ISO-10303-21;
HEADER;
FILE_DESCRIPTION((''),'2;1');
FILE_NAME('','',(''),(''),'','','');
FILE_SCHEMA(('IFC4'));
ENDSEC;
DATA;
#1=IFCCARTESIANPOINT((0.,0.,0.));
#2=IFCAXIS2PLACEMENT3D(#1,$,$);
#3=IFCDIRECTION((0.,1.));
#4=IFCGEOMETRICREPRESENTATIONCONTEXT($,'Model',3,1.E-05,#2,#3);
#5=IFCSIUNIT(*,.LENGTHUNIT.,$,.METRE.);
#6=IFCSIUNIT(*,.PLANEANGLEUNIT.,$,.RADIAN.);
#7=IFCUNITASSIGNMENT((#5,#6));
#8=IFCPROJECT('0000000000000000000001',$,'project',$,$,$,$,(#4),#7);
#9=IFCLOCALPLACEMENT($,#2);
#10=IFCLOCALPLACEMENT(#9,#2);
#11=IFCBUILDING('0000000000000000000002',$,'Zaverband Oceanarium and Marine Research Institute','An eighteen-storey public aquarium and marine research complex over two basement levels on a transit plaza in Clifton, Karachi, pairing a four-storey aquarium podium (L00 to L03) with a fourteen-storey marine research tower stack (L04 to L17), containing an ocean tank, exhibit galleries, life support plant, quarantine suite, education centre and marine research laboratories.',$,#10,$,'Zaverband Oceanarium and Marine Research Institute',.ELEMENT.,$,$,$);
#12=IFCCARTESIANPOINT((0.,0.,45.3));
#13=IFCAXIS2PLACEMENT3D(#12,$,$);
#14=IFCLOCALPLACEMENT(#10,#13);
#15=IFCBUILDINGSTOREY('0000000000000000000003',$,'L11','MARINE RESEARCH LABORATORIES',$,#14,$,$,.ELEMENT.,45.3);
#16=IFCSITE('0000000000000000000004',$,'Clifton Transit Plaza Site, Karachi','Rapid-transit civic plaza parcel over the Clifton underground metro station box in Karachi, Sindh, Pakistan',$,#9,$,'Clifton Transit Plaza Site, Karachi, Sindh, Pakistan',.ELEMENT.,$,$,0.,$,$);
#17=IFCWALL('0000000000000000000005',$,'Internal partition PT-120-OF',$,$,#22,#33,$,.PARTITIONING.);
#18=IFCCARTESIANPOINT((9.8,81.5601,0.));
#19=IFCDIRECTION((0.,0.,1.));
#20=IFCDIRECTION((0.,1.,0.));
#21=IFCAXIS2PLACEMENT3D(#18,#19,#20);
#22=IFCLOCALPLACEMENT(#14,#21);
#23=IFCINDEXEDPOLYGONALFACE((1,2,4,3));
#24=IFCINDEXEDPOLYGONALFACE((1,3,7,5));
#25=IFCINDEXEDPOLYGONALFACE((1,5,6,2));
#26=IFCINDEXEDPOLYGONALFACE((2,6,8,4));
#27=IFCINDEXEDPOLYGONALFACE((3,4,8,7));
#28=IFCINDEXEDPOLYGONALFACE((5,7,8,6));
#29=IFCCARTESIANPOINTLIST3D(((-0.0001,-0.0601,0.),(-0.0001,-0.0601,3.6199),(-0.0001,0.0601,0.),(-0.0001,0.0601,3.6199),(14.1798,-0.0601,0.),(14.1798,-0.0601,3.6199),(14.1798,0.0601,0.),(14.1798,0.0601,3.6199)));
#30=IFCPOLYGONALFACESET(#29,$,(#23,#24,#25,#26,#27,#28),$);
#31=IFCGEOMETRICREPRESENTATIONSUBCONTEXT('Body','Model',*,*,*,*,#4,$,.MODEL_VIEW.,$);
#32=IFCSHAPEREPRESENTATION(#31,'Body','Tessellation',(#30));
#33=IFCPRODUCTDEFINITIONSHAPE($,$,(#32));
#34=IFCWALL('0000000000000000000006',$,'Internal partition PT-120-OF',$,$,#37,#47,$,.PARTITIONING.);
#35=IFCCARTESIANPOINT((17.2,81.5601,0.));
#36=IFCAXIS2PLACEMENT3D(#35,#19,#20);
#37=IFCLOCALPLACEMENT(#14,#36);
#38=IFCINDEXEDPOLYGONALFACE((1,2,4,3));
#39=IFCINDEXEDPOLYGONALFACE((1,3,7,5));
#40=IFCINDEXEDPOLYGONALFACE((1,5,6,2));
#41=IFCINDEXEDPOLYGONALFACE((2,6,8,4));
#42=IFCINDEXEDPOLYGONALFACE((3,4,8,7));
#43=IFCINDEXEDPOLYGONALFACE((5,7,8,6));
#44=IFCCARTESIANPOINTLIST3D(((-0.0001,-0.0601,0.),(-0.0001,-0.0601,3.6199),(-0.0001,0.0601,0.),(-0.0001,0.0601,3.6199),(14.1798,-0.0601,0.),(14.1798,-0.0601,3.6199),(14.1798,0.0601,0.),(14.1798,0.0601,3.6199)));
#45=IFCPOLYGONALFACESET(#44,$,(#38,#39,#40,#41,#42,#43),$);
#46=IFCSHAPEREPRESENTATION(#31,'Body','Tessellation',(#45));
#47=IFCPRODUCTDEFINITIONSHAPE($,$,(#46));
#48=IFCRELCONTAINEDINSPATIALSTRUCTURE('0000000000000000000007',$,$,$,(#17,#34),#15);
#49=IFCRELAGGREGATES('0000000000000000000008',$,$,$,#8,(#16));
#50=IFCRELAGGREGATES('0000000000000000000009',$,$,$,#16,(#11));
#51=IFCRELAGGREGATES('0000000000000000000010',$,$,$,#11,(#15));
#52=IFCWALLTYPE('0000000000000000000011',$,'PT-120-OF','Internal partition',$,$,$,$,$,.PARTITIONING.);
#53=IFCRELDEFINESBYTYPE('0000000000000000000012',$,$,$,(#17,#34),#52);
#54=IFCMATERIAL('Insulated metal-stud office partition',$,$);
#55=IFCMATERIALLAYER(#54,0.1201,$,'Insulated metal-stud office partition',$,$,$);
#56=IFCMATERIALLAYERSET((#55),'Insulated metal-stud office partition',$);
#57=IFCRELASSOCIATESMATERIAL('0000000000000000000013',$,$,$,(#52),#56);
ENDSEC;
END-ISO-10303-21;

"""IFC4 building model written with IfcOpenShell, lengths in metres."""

from ifc_helpers import new_model, si_unit, direction, frame, frame_2d, origin, place, context, subcontext, project, spatial, rectangle, extrude, material, layer, layer_set, type_object, element, save


model = new_model("IFC4")

# Units and contexts
model_context = context("Model", 3, precision=1e-05, world=origin(), true_north=direction((0.0, 1.0)))
body_context = subcontext(model_context, "Body", "Model", "MODEL_VIEW")
ifc_project = project(units=[si_unit("LENGTHUNIT", "METRE"), si_unit("PLANEANGLEUNIT", "RADIAN")], contexts=[model_context])

# Site, building, storey
site_placement = place(None, origin())
site = spatial("IfcSite", under=ifc_project, at=site_placement, Name="Clifton Transit Plaza Site, Karachi", Description="Rapid-transit civic plaza parcel over the Clifton underground metro station box in Karachi, Sindh, Pakistan", LongName="Clifton Transit Plaza Site, Karachi, Sindh, Pakistan", CompositionType="ELEMENT", RefElevation=0.0)
building_placement = place(site_placement, origin())
building = spatial("IfcBuilding", under=site, at=building_placement, Name="Zaverband Oceanarium and Marine Research Institute", Description="An eighteen-storey public aquarium and marine research complex over two basement levels on a transit plaza in Clifton, Karachi, pairing a four-storey aquarium podium (L00 to L03) with a fourteen-storey marine research tower stack (L04 to L17), containing an ocean tank, exhibit galleries, life support plant, quarantine suite, education centre and marine research laboratories.", LongName="Zaverband Oceanarium and Marine Research Institute", CompositionType="ELEMENT")
storey_placement = place(building_placement, frame((0.0, 0.0, 45.3)))
storey = spatial("IfcBuildingStorey", under=building, at=storey_placement, Name="L11", Description="MARINE RESEARCH LABORATORIES", CompositionType="ELEMENT", Elevation=45.3)

# Walls
ifc_material_1 = material(Name="Insulated metal-stud office partition")
ifc_layer_1 = layer(ifc_material_1, 0.1201, Name="Insulated metal-stud office partition")
ifc_layer_set_1 = layer_set([ifc_layer_1], Name="Insulated metal-stud office partition")
wall_type_1 = type_object("IfcWallType", Name="PT-120-OF", Description="Internal partition", PredefinedType="PARTITIONING", material=ifc_layer_set_1)
for number, where, z_axis, x_axis, name in (
    (1, (9.8, 81.5601, 0.0), (0.0, 0.0, 1.0), (0.0, 1.0, 0.0), "Internal partition PT-120-OF"),
    (2, (17.2, 81.5601, 0.0), (0.0, 0.0, 1.0), (0.0, 1.0, 0.0), "Internal partition PT-120-OF"),
):
    element("IfcWall", number, at=place(storey_placement, frame(where, z_axis=z_axis, x_axis=x_axis)), inside=storey, type_object=wall_type_1, Name=name, PredefinedType="PARTITIONING", context=body_context, shape_type="SweptSolid", body=[
        extrude(rectangle(XDim=14.1799, YDim=0.1201, at=frame_2d((7.0898, 0.0))), origin(), (0.0, 0.0, 1.0), 3.6199),
    ])

save(model, "model.ifc")
